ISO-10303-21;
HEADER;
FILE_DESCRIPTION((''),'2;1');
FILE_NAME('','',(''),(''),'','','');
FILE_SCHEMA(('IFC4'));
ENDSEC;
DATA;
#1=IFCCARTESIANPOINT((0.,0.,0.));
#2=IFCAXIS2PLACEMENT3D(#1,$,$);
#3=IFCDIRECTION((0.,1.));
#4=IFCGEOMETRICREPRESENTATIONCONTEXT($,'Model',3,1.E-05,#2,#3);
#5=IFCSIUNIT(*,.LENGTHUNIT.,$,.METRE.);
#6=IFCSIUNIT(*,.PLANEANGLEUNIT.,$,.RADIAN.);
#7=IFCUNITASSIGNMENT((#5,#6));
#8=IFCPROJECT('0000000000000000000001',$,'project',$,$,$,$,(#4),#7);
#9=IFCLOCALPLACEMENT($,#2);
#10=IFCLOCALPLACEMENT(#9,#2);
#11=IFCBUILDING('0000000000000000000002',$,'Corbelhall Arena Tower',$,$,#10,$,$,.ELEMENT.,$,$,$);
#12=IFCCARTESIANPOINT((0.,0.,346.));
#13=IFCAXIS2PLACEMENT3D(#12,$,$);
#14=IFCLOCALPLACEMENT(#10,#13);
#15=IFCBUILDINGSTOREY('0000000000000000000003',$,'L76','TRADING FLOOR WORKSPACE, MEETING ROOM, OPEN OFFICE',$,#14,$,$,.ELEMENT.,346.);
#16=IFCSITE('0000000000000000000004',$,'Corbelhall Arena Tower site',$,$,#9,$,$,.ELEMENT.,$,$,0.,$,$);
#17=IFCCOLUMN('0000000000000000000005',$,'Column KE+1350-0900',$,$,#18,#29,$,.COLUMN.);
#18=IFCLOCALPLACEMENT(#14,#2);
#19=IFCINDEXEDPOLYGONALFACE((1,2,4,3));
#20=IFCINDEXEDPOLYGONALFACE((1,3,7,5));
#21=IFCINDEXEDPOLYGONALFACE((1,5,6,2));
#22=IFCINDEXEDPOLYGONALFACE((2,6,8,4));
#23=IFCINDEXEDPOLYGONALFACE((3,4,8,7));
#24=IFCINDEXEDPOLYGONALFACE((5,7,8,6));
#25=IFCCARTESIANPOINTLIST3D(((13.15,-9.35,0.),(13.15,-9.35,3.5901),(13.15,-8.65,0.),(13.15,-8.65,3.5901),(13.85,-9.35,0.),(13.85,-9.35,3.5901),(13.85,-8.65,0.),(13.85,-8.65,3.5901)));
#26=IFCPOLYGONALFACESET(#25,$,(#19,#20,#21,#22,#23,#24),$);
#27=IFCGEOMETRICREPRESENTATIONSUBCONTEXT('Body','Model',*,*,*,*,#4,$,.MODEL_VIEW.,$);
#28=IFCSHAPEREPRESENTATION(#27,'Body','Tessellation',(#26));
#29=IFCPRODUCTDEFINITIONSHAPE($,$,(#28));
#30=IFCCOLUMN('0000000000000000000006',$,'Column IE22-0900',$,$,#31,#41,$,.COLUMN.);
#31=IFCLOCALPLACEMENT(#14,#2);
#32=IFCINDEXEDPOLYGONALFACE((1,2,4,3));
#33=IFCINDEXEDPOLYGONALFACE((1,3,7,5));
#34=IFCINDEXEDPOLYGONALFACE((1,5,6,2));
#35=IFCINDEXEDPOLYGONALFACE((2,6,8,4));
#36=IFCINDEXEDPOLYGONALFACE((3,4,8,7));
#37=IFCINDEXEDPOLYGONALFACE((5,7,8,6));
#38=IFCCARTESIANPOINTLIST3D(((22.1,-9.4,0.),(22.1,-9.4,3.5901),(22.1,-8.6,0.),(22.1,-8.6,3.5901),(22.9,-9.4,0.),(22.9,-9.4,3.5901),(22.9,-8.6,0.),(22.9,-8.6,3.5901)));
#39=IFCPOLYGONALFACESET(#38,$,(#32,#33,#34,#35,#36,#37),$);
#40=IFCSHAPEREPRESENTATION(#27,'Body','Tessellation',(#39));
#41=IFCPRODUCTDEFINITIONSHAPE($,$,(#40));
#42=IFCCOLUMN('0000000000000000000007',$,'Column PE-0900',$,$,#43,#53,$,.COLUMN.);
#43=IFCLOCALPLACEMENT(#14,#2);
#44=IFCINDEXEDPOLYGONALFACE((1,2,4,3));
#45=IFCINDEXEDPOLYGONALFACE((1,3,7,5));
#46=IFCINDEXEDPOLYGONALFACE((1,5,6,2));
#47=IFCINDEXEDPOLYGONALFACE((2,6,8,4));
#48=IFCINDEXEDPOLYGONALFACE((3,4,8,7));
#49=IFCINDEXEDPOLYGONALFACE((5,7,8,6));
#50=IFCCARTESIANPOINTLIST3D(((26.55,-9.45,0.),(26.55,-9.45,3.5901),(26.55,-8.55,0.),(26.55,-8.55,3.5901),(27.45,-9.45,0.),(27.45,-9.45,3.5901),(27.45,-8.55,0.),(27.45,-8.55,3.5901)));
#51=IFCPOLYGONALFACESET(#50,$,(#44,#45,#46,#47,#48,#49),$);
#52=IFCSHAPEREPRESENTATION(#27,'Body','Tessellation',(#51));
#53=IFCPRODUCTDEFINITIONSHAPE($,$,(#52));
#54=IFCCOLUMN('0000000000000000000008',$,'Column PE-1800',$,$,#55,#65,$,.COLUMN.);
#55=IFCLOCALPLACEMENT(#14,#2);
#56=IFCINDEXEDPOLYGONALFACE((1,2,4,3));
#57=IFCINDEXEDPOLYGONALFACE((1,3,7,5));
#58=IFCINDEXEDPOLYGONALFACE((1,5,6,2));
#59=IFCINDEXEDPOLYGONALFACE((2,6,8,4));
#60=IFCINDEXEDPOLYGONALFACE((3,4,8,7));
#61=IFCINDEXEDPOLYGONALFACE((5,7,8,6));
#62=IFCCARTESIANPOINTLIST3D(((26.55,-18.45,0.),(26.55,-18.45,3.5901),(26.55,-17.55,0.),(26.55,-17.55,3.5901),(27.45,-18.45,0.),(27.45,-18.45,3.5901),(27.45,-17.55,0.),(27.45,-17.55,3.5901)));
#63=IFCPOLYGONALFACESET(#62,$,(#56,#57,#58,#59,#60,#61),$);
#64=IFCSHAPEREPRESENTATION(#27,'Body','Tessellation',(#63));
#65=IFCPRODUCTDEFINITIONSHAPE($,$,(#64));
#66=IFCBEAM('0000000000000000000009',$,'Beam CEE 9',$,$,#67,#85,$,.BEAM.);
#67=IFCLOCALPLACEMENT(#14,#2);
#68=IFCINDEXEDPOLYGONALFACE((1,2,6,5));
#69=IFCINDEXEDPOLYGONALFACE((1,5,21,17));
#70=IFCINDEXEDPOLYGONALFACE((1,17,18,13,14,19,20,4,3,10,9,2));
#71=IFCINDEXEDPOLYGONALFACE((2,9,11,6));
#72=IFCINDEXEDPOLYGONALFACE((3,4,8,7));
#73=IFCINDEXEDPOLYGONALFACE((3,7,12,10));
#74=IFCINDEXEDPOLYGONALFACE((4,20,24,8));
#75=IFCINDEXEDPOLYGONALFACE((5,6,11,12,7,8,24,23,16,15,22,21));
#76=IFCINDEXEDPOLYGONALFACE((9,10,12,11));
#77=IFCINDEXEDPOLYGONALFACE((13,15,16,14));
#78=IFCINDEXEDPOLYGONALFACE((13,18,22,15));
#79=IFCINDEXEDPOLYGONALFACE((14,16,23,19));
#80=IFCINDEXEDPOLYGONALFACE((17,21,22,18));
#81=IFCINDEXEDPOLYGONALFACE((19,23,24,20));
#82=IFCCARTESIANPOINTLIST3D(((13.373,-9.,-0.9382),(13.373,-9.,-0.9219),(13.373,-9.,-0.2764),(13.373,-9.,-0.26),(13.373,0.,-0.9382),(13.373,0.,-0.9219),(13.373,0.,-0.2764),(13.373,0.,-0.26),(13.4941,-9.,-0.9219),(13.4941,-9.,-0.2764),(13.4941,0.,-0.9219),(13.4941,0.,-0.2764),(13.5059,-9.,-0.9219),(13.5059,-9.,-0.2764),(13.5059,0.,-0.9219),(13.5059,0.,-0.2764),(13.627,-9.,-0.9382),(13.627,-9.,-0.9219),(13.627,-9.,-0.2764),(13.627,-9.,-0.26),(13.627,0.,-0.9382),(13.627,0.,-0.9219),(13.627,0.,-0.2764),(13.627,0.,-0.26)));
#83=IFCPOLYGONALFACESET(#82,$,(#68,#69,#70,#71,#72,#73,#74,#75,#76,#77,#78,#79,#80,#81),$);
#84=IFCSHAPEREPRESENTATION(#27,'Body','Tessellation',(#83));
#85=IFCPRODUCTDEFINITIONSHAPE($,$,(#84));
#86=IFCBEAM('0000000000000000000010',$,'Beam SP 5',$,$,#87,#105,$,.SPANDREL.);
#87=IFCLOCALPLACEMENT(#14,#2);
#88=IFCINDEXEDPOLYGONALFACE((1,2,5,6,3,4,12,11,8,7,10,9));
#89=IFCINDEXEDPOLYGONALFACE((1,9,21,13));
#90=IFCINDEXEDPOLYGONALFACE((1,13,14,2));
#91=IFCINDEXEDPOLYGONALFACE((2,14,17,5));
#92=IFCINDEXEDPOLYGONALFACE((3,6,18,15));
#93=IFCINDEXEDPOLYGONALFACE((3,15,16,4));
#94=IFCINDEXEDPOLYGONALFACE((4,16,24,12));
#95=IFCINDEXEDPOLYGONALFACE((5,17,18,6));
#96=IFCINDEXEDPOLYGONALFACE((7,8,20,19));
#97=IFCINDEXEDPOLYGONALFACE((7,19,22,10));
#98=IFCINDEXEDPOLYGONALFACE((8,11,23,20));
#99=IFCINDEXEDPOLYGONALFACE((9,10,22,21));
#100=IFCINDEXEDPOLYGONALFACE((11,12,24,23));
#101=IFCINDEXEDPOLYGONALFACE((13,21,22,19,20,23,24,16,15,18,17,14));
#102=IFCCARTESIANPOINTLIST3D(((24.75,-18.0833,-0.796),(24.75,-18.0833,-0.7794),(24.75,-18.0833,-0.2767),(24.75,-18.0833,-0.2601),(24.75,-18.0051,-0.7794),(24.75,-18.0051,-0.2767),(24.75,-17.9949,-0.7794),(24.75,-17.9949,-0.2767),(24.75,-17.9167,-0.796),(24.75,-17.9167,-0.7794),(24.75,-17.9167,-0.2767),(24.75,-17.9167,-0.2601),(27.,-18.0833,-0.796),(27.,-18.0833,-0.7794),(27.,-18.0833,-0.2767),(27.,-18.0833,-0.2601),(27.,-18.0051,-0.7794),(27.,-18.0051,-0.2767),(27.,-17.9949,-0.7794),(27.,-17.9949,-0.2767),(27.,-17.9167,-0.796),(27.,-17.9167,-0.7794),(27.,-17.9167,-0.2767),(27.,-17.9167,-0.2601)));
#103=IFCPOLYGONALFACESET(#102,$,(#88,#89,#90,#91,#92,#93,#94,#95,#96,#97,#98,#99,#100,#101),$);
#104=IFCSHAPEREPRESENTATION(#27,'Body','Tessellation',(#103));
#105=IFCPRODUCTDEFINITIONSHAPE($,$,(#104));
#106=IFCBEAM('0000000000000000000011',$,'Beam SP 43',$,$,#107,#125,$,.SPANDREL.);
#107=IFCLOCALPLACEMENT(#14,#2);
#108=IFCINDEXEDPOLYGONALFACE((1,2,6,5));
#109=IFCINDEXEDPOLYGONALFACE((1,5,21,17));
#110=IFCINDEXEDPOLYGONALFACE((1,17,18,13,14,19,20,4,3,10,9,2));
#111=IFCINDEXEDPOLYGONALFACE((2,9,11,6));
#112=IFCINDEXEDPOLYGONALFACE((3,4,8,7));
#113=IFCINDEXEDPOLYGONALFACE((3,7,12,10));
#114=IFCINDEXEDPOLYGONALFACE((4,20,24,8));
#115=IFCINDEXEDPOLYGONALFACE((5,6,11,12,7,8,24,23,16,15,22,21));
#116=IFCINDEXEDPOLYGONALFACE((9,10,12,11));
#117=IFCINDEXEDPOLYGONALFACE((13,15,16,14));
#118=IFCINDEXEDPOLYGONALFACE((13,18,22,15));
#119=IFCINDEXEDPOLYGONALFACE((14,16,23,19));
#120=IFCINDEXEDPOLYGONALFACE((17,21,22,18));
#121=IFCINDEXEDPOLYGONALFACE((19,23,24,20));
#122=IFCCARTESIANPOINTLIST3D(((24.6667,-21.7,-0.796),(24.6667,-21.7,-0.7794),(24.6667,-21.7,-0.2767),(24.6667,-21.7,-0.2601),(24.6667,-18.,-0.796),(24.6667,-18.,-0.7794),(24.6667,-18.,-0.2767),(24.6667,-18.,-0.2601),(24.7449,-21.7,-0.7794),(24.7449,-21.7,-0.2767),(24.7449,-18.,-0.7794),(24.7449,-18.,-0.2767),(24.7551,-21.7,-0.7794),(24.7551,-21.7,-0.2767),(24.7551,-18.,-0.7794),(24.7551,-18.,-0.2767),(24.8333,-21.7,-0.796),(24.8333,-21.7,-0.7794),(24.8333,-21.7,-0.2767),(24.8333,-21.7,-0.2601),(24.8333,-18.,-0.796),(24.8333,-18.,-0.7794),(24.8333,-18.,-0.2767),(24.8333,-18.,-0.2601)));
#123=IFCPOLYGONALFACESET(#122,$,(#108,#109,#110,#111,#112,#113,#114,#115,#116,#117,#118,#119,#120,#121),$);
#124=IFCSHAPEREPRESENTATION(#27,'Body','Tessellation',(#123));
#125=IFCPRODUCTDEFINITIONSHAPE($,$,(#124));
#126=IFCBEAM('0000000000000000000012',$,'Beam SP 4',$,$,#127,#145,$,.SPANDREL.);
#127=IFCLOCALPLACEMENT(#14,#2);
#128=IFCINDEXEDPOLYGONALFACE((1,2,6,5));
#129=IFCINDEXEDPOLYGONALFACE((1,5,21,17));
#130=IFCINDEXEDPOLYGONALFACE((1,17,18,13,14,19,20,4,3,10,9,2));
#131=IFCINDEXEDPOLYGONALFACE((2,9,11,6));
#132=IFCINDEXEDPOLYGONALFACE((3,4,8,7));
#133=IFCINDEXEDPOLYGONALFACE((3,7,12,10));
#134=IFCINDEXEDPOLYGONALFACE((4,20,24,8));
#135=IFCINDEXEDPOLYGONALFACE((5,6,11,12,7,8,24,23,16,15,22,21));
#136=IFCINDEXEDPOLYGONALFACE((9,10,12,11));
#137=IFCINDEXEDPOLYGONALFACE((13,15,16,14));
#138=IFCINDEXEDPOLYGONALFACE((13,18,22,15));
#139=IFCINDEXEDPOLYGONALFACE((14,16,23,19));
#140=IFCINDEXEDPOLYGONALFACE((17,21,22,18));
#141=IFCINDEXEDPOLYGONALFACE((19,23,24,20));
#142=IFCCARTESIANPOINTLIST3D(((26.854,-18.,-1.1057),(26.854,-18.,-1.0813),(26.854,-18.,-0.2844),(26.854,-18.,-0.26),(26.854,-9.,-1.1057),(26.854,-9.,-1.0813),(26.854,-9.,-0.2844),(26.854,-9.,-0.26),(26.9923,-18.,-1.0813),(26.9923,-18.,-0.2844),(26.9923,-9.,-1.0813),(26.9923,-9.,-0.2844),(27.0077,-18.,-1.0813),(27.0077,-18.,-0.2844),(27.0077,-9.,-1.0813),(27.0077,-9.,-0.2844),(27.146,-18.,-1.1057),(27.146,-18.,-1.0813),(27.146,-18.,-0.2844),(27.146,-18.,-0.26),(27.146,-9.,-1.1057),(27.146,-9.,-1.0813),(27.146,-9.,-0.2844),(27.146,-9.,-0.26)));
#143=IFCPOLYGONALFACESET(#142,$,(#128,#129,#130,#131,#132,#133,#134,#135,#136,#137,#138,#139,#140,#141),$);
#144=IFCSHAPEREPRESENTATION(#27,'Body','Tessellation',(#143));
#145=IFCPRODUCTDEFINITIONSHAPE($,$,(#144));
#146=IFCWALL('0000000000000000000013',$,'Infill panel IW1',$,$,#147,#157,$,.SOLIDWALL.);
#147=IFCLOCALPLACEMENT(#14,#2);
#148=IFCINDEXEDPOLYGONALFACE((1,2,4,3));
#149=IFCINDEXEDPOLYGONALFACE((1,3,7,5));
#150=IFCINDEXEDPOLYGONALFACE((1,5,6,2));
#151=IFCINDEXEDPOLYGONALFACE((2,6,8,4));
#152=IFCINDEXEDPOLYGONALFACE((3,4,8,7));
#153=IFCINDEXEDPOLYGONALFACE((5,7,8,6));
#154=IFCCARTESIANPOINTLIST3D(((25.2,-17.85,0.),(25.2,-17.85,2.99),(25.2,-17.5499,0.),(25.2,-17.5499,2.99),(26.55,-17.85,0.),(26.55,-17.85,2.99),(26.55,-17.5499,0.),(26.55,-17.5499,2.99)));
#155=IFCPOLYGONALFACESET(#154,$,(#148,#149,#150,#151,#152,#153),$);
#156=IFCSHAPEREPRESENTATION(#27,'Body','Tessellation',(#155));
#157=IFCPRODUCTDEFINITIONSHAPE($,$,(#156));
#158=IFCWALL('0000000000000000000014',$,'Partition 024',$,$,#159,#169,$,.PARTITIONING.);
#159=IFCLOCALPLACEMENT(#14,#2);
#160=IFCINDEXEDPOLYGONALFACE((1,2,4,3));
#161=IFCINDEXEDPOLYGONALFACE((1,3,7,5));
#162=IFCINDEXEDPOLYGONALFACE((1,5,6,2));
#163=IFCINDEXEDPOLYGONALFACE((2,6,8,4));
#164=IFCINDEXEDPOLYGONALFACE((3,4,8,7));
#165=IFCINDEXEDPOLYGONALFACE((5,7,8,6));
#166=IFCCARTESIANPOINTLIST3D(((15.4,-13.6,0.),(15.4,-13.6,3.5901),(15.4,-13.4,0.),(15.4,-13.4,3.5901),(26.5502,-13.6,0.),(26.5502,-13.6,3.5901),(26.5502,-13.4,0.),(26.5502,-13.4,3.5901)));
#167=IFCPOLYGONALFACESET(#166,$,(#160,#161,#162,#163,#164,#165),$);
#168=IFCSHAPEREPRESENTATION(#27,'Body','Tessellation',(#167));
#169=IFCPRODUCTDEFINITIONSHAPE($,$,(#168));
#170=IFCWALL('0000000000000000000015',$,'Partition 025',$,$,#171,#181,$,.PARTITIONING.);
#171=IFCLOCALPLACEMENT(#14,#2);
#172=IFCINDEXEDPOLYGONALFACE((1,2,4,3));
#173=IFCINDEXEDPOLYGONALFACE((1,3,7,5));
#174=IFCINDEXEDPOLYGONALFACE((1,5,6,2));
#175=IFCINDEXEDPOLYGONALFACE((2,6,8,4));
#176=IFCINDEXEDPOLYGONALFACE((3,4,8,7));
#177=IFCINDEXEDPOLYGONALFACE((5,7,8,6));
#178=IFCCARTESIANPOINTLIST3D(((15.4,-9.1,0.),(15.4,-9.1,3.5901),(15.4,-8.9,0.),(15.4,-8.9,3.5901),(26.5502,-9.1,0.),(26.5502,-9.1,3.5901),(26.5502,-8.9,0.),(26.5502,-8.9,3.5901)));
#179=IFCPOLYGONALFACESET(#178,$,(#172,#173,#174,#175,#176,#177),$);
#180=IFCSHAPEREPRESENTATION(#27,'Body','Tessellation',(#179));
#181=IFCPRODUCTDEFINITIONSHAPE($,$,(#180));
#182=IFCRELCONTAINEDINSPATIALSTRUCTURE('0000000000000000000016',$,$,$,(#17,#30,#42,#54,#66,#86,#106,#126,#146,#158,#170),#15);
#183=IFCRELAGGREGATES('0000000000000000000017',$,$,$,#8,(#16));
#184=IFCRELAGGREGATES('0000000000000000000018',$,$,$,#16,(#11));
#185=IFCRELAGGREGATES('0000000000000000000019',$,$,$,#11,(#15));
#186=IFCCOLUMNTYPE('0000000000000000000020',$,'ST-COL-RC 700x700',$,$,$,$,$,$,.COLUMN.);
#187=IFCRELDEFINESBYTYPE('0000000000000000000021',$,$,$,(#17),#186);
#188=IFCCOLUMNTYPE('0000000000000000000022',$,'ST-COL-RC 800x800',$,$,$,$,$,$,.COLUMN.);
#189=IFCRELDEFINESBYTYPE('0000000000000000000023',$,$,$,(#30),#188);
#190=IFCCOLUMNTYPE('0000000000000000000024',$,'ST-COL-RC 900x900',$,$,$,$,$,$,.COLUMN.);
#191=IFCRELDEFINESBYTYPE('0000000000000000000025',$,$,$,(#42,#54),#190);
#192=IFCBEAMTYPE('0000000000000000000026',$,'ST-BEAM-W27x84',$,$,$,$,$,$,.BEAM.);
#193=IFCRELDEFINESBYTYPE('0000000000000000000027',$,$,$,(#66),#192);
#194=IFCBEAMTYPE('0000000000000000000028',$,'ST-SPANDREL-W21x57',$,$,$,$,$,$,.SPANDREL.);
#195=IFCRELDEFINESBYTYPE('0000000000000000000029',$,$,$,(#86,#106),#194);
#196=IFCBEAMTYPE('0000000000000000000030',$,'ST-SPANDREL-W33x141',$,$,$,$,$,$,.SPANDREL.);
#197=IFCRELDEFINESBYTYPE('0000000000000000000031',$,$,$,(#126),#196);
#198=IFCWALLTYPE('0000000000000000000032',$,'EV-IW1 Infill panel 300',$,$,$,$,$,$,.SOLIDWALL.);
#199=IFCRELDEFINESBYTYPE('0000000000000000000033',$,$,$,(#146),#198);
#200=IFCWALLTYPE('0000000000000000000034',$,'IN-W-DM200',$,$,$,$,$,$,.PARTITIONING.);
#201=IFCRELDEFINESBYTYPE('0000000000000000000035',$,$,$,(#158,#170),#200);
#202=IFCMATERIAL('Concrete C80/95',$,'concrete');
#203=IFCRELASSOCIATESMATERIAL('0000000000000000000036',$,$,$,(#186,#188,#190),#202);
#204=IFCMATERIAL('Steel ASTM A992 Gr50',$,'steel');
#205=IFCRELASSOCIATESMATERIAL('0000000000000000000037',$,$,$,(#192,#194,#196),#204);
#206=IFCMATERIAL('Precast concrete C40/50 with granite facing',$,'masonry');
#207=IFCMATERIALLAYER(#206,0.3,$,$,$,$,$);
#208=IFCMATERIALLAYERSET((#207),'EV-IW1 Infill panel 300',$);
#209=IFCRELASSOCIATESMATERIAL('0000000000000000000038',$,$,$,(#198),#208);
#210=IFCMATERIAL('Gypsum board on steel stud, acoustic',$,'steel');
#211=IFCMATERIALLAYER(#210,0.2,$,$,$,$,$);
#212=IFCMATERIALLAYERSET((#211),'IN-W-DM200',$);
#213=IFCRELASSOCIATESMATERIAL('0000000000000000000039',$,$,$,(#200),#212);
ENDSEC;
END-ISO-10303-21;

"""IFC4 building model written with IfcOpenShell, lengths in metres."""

from ifc_helpers import new_model, si_unit, direction, frame, frame_2d, origin, origin_2d, place, context, subcontext, project, spatial, rectangle, i_section, extrude, material, layer, layer_set, material_profile, profile_set, type_object, element, save


model = new_model("IFC4")

# Units and contexts
model_context = context("Model", 3, precision=1e-05, world=origin(), true_north=direction((0.0, 1.0)))
body_context = subcontext(model_context, "Body", "Model", "MODEL_VIEW")
ifc_project = project(units=[si_unit("LENGTHUNIT", "METRE"), si_unit("PLANEANGLEUNIT", "RADIAN")], contexts=[model_context])

# Site, building, storey
site_placement = place(None, origin())
site = spatial("IfcSite", under=ifc_project, at=site_placement, Name="Corbelhall Arena Tower site", CompositionType="ELEMENT", RefElevation=0.0)
building_placement = place(site_placement, origin())
building = spatial("IfcBuilding", under=site, at=building_placement, Name="Corbelhall Arena Tower", CompositionType="ELEMENT")
storey_placement = place(building_placement, frame((0.0, 0.0, 346.0)))
storey = spatial("IfcBuildingStorey", under=building, at=storey_placement, Name="L76", Description="TRADING FLOOR WORKSPACE, MEETING ROOM, OPEN OFFICE", CompositionType="ELEMENT", Elevation=346.0)

# Columns
ifc_material_1 = material(Name="Concrete C80/95", Category="concrete")
ifc_material_profile_1 = material_profile(ifc_material_1, rectangle(XDim=0.7, YDim=0.7, at=origin_2d()))
ifc_profile_set_1 = profile_set([ifc_material_profile_1], Name="Concrete C80/95")
column_type_1 = type_object("IfcColumnType", Name="ST-COL-RC 700x700", PredefinedType="COLUMN", material=ifc_profile_set_1)
column_1_placement = place(storey_placement, frame((13.5, -9.0, 0.0), z_axis=(0.0, 0.0, 1.0), x_axis=(1.0, 0.0, 0.0)))
element("IfcColumn", 1, at=column_1_placement, inside=storey, type_object=column_type_1, Name="Column KE+1350-0900", PredefinedType="COLUMN", context=body_context, shape_type="SweptSolid", body=[
    extrude(rectangle(XDim=0.7, YDim=0.7, at=origin_2d()), origin(), (0.0, 0.0, 1.0), 3.5901),
])
ifc_material_profile_2 = material_profile(ifc_material_1, rectangle(XDim=0.8, YDim=0.8, at=origin_2d()))
ifc_profile_set_2 = profile_set([ifc_material_profile_2], Name="Concrete C80/95")
column_type_2 = type_object("IfcColumnType", Name="ST-COL-RC 800x800", PredefinedType="COLUMN", material=ifc_profile_set_2)
column_2_placement = place(storey_placement, frame((22.5, -9.0, 0.0), z_axis=(0.0, 0.0, 1.0), x_axis=(1.0, 0.0, 0.0)))
element("IfcColumn", 2, at=column_2_placement, inside=storey, type_object=column_type_2, Name="Column IE22-0900", PredefinedType="COLUMN", context=body_context, shape_type="SweptSolid", body=[
    extrude(rectangle(XDim=0.8, YDim=0.8, at=origin_2d()), origin(), (0.0, 0.0, 1.0), 3.5901),
])
ifc_material_profile_3 = material_profile(ifc_material_1, rectangle(XDim=0.8999, YDim=0.8999, at=origin_2d()))
ifc_profile_set_3 = profile_set([ifc_material_profile_3], Name="Concrete C80/95")
column_type_3 = type_object("IfcColumnType", Name="ST-COL-RC 900x900", PredefinedType="COLUMN", material=ifc_profile_set_3)
for number, where, z_axis, x_axis, name in (
    (3, (27.0, -9.0, 0.0), (0.0, 0.0, 1.0), (0.0, 1.0, 0.0), "Column PE-0900"),
    (4, (27.0, -18.0, 0.0), (0.0, 0.0, 1.0), (0.0, 1.0, 0.0), "Column PE-1800"),
):
    element("IfcColumn", number, at=place(storey_placement, frame(where, z_axis=z_axis, x_axis=x_axis)), inside=storey, type_object=column_type_3, Name=name, PredefinedType="COLUMN", context=body_context, shape_type="SweptSolid", body=[
        extrude(rectangle(XDim=0.8999, YDim=0.8999, at=origin_2d()), origin(), (0.0, 0.0, 1.0), 3.5901),
    ])

# Beams
ifc_material_2 = material(Name="Steel ASTM A992 Gr50", Category="steel")
ifc_material_profile_4 = material_profile(ifc_material_2, i_section(OverallWidth=0.2539, OverallDepth=0.6782, WebThickness=0.0117, FlangeThickness=0.0164, at=origin_2d()))
ifc_profile_set_4 = profile_set([ifc_material_profile_4], Name="Steel ASTM A992 Gr50")
beam_type_1 = type_object("IfcBeamType", Name="ST-BEAM-W27x84", PredefinedType="BEAM", material=ifc_profile_set_4)
beam_1_placement = place(storey_placement, frame((13.5, -9.0, -0.5991), z_axis=(0.0, 1.0, 0.0), x_axis=(-1.0, 0.0, 0.0)))
element("IfcBeam", 5, at=beam_1_placement, inside=storey, type_object=beam_type_1, Name="Beam CEE 9", PredefinedType="BEAM", context=body_context, shape_type="SweptSolid", body=[
    extrude(i_section(OverallWidth=0.2539, OverallDepth=0.6782, WebThickness=0.0117, FlangeThickness=0.0164, at=origin_2d()), origin(), (0.0, 0.0, 1.0), 9.0),
])
ifc_material_profile_5 = material_profile(ifc_material_2, i_section(OverallWidth=0.1665, OverallDepth=0.5359, WebThickness=0.0103, FlangeThickness=0.0166, at=origin_2d()))
ifc_profile_set_5 = profile_set([ifc_material_profile_5], Name="Steel ASTM A992 Gr50")
beam_type_2 = type_object("IfcBeamType", Name="ST-SPANDREL-W21x57", PredefinedType="SPANDREL", material=ifc_profile_set_5)
beam_2_placement = place(storey_placement, frame((27.0, -18.0, -0.5281), z_axis=(-1.0, 0.0, 0.0), x_axis=(0.0, -1.0, 0.0)))
element("IfcBeam", 6, at=beam_2_placement, inside=storey, type_object=beam_type_2, Name="Beam SP 5", PredefinedType="SPANDREL", context=body_context, shape_type="SweptSolid", body=[
    extrude(i_section(OverallWidth=0.1665, OverallDepth=0.5359, WebThickness=0.0103, FlangeThickness=0.0166, at=origin_2d()), origin(), (0.0, 0.0, 1.0), 2.25),
])
beam_3_placement = place(storey_placement, frame((24.75, -18.0, -0.5281), z_axis=(0.0, -1.0, 0.0), x_axis=(1.0, 0.0, 0.0)))
element("IfcBeam", 7, at=beam_3_placement, inside=storey, type_object=beam_type_2, Name="Beam SP 43", PredefinedType="SPANDREL", context=body_context, shape_type="SweptSolid", body=[
    extrude(i_section(OverallWidth=0.1665, OverallDepth=0.5359, WebThickness=0.0103, FlangeThickness=0.0166, at=origin_2d()), origin(), (0.0, 0.0, 1.0), 3.7),
])
ifc_material_profile_6 = material_profile(ifc_material_2, i_section(OverallWidth=0.292, OverallDepth=0.8457, WebThickness=0.0154, FlangeThickness=0.0244, at=origin_2d()))
ifc_profile_set_6 = profile_set([ifc_material_profile_6], Name="Steel ASTM A992 Gr50")
beam_type_3 = type_object("IfcBeamType", Name="ST-SPANDREL-W33x141", PredefinedType="SPANDREL", material=ifc_profile_set_6)
beam_4_placement = place(storey_placement, frame((27.0, -9.0, -0.6829), z_axis=(0.0, -1.0, 0.0), x_axis=(1.0, 0.0, 0.0)))
element("IfcBeam", 8, at=beam_4_placement, inside=storey, type_object=beam_type_3, Name="Beam SP 4", PredefinedType="SPANDREL", context=body_context, shape_type="SweptSolid", body=[
    extrude(i_section(OverallWidth=0.292, OverallDepth=0.8457, WebThickness=0.0154, FlangeThickness=0.0244, at=origin_2d()), origin(), (0.0, 0.0, 1.0), 9.0),
])

# Wall
ifc_material_3 = material(Name="Precast concrete C40/50 with granite facing", Category="masonry")
ifc_layer_1 = layer(ifc_material_3, 0.3)
ifc_layer_set_1 = layer_set([ifc_layer_1], Name="EV-IW1 Infill panel 300")
wall_type_1 = type_object("IfcWallType", Name="EV-IW1 Infill panel 300", PredefinedType="SOLIDWALL", material=ifc_layer_set_1)
wall_1_placement = place(storey_placement, frame((25.2, -17.7, 0.0), z_axis=(0.0, 0.0, 1.0), x_axis=(1.0, 0.0, 0.0)))
element("IfcWall", 9, at=wall_1_placement, inside=storey, type_object=wall_type_1, Name="Infill panel IW1", PredefinedType="SOLIDWALL", context=body_context, shape_type="SweptSolid", body=[
    extrude(rectangle(XDim=1.3501, YDim=0.3, at=frame_2d((0.675, 0.0))), origin(), (0.0, 0.0, 1.0), 2.99),
])

# Walls
ifc_material_4 = material(Name="Gypsum board on steel stud, acoustic", Category="steel")
ifc_layer_2 = layer(ifc_material_4, 0.2)
ifc_layer_set_2 = layer_set([ifc_layer_2], Name="IN-W-DM200")
wall_type_2 = type_object("IfcWallType", Name="IN-W-DM200", PredefinedType="PARTITIONING", material=ifc_layer_set_2)
for number, where, z_axis, x_axis, name in (
    (10, (15.3999, -13.5, 0.0), (0.0, 0.0, 1.0), (1.0, 0.0, 0.0), "Partition 024"),
    (11, (15.3999, -9.0, 0.0), (0.0, 0.0, 1.0), (1.0, 0.0, 0.0), "Partition 025"),
):
    element("IfcWall", number, at=place(storey_placement, frame(where, z_axis=z_axis, x_axis=x_axis)), inside=storey, type_object=wall_type_2, Name=name, PredefinedType="PARTITIONING", context=body_context, shape_type="SweptSolid", body=[
        extrude(rectangle(XDim=11.1501, YDim=0.2, at=frame_2d((5.5752, 0.0))), origin(), (0.0, 0.0, 1.0), 3.5901),
    ])

save(model, "model.ifc")
